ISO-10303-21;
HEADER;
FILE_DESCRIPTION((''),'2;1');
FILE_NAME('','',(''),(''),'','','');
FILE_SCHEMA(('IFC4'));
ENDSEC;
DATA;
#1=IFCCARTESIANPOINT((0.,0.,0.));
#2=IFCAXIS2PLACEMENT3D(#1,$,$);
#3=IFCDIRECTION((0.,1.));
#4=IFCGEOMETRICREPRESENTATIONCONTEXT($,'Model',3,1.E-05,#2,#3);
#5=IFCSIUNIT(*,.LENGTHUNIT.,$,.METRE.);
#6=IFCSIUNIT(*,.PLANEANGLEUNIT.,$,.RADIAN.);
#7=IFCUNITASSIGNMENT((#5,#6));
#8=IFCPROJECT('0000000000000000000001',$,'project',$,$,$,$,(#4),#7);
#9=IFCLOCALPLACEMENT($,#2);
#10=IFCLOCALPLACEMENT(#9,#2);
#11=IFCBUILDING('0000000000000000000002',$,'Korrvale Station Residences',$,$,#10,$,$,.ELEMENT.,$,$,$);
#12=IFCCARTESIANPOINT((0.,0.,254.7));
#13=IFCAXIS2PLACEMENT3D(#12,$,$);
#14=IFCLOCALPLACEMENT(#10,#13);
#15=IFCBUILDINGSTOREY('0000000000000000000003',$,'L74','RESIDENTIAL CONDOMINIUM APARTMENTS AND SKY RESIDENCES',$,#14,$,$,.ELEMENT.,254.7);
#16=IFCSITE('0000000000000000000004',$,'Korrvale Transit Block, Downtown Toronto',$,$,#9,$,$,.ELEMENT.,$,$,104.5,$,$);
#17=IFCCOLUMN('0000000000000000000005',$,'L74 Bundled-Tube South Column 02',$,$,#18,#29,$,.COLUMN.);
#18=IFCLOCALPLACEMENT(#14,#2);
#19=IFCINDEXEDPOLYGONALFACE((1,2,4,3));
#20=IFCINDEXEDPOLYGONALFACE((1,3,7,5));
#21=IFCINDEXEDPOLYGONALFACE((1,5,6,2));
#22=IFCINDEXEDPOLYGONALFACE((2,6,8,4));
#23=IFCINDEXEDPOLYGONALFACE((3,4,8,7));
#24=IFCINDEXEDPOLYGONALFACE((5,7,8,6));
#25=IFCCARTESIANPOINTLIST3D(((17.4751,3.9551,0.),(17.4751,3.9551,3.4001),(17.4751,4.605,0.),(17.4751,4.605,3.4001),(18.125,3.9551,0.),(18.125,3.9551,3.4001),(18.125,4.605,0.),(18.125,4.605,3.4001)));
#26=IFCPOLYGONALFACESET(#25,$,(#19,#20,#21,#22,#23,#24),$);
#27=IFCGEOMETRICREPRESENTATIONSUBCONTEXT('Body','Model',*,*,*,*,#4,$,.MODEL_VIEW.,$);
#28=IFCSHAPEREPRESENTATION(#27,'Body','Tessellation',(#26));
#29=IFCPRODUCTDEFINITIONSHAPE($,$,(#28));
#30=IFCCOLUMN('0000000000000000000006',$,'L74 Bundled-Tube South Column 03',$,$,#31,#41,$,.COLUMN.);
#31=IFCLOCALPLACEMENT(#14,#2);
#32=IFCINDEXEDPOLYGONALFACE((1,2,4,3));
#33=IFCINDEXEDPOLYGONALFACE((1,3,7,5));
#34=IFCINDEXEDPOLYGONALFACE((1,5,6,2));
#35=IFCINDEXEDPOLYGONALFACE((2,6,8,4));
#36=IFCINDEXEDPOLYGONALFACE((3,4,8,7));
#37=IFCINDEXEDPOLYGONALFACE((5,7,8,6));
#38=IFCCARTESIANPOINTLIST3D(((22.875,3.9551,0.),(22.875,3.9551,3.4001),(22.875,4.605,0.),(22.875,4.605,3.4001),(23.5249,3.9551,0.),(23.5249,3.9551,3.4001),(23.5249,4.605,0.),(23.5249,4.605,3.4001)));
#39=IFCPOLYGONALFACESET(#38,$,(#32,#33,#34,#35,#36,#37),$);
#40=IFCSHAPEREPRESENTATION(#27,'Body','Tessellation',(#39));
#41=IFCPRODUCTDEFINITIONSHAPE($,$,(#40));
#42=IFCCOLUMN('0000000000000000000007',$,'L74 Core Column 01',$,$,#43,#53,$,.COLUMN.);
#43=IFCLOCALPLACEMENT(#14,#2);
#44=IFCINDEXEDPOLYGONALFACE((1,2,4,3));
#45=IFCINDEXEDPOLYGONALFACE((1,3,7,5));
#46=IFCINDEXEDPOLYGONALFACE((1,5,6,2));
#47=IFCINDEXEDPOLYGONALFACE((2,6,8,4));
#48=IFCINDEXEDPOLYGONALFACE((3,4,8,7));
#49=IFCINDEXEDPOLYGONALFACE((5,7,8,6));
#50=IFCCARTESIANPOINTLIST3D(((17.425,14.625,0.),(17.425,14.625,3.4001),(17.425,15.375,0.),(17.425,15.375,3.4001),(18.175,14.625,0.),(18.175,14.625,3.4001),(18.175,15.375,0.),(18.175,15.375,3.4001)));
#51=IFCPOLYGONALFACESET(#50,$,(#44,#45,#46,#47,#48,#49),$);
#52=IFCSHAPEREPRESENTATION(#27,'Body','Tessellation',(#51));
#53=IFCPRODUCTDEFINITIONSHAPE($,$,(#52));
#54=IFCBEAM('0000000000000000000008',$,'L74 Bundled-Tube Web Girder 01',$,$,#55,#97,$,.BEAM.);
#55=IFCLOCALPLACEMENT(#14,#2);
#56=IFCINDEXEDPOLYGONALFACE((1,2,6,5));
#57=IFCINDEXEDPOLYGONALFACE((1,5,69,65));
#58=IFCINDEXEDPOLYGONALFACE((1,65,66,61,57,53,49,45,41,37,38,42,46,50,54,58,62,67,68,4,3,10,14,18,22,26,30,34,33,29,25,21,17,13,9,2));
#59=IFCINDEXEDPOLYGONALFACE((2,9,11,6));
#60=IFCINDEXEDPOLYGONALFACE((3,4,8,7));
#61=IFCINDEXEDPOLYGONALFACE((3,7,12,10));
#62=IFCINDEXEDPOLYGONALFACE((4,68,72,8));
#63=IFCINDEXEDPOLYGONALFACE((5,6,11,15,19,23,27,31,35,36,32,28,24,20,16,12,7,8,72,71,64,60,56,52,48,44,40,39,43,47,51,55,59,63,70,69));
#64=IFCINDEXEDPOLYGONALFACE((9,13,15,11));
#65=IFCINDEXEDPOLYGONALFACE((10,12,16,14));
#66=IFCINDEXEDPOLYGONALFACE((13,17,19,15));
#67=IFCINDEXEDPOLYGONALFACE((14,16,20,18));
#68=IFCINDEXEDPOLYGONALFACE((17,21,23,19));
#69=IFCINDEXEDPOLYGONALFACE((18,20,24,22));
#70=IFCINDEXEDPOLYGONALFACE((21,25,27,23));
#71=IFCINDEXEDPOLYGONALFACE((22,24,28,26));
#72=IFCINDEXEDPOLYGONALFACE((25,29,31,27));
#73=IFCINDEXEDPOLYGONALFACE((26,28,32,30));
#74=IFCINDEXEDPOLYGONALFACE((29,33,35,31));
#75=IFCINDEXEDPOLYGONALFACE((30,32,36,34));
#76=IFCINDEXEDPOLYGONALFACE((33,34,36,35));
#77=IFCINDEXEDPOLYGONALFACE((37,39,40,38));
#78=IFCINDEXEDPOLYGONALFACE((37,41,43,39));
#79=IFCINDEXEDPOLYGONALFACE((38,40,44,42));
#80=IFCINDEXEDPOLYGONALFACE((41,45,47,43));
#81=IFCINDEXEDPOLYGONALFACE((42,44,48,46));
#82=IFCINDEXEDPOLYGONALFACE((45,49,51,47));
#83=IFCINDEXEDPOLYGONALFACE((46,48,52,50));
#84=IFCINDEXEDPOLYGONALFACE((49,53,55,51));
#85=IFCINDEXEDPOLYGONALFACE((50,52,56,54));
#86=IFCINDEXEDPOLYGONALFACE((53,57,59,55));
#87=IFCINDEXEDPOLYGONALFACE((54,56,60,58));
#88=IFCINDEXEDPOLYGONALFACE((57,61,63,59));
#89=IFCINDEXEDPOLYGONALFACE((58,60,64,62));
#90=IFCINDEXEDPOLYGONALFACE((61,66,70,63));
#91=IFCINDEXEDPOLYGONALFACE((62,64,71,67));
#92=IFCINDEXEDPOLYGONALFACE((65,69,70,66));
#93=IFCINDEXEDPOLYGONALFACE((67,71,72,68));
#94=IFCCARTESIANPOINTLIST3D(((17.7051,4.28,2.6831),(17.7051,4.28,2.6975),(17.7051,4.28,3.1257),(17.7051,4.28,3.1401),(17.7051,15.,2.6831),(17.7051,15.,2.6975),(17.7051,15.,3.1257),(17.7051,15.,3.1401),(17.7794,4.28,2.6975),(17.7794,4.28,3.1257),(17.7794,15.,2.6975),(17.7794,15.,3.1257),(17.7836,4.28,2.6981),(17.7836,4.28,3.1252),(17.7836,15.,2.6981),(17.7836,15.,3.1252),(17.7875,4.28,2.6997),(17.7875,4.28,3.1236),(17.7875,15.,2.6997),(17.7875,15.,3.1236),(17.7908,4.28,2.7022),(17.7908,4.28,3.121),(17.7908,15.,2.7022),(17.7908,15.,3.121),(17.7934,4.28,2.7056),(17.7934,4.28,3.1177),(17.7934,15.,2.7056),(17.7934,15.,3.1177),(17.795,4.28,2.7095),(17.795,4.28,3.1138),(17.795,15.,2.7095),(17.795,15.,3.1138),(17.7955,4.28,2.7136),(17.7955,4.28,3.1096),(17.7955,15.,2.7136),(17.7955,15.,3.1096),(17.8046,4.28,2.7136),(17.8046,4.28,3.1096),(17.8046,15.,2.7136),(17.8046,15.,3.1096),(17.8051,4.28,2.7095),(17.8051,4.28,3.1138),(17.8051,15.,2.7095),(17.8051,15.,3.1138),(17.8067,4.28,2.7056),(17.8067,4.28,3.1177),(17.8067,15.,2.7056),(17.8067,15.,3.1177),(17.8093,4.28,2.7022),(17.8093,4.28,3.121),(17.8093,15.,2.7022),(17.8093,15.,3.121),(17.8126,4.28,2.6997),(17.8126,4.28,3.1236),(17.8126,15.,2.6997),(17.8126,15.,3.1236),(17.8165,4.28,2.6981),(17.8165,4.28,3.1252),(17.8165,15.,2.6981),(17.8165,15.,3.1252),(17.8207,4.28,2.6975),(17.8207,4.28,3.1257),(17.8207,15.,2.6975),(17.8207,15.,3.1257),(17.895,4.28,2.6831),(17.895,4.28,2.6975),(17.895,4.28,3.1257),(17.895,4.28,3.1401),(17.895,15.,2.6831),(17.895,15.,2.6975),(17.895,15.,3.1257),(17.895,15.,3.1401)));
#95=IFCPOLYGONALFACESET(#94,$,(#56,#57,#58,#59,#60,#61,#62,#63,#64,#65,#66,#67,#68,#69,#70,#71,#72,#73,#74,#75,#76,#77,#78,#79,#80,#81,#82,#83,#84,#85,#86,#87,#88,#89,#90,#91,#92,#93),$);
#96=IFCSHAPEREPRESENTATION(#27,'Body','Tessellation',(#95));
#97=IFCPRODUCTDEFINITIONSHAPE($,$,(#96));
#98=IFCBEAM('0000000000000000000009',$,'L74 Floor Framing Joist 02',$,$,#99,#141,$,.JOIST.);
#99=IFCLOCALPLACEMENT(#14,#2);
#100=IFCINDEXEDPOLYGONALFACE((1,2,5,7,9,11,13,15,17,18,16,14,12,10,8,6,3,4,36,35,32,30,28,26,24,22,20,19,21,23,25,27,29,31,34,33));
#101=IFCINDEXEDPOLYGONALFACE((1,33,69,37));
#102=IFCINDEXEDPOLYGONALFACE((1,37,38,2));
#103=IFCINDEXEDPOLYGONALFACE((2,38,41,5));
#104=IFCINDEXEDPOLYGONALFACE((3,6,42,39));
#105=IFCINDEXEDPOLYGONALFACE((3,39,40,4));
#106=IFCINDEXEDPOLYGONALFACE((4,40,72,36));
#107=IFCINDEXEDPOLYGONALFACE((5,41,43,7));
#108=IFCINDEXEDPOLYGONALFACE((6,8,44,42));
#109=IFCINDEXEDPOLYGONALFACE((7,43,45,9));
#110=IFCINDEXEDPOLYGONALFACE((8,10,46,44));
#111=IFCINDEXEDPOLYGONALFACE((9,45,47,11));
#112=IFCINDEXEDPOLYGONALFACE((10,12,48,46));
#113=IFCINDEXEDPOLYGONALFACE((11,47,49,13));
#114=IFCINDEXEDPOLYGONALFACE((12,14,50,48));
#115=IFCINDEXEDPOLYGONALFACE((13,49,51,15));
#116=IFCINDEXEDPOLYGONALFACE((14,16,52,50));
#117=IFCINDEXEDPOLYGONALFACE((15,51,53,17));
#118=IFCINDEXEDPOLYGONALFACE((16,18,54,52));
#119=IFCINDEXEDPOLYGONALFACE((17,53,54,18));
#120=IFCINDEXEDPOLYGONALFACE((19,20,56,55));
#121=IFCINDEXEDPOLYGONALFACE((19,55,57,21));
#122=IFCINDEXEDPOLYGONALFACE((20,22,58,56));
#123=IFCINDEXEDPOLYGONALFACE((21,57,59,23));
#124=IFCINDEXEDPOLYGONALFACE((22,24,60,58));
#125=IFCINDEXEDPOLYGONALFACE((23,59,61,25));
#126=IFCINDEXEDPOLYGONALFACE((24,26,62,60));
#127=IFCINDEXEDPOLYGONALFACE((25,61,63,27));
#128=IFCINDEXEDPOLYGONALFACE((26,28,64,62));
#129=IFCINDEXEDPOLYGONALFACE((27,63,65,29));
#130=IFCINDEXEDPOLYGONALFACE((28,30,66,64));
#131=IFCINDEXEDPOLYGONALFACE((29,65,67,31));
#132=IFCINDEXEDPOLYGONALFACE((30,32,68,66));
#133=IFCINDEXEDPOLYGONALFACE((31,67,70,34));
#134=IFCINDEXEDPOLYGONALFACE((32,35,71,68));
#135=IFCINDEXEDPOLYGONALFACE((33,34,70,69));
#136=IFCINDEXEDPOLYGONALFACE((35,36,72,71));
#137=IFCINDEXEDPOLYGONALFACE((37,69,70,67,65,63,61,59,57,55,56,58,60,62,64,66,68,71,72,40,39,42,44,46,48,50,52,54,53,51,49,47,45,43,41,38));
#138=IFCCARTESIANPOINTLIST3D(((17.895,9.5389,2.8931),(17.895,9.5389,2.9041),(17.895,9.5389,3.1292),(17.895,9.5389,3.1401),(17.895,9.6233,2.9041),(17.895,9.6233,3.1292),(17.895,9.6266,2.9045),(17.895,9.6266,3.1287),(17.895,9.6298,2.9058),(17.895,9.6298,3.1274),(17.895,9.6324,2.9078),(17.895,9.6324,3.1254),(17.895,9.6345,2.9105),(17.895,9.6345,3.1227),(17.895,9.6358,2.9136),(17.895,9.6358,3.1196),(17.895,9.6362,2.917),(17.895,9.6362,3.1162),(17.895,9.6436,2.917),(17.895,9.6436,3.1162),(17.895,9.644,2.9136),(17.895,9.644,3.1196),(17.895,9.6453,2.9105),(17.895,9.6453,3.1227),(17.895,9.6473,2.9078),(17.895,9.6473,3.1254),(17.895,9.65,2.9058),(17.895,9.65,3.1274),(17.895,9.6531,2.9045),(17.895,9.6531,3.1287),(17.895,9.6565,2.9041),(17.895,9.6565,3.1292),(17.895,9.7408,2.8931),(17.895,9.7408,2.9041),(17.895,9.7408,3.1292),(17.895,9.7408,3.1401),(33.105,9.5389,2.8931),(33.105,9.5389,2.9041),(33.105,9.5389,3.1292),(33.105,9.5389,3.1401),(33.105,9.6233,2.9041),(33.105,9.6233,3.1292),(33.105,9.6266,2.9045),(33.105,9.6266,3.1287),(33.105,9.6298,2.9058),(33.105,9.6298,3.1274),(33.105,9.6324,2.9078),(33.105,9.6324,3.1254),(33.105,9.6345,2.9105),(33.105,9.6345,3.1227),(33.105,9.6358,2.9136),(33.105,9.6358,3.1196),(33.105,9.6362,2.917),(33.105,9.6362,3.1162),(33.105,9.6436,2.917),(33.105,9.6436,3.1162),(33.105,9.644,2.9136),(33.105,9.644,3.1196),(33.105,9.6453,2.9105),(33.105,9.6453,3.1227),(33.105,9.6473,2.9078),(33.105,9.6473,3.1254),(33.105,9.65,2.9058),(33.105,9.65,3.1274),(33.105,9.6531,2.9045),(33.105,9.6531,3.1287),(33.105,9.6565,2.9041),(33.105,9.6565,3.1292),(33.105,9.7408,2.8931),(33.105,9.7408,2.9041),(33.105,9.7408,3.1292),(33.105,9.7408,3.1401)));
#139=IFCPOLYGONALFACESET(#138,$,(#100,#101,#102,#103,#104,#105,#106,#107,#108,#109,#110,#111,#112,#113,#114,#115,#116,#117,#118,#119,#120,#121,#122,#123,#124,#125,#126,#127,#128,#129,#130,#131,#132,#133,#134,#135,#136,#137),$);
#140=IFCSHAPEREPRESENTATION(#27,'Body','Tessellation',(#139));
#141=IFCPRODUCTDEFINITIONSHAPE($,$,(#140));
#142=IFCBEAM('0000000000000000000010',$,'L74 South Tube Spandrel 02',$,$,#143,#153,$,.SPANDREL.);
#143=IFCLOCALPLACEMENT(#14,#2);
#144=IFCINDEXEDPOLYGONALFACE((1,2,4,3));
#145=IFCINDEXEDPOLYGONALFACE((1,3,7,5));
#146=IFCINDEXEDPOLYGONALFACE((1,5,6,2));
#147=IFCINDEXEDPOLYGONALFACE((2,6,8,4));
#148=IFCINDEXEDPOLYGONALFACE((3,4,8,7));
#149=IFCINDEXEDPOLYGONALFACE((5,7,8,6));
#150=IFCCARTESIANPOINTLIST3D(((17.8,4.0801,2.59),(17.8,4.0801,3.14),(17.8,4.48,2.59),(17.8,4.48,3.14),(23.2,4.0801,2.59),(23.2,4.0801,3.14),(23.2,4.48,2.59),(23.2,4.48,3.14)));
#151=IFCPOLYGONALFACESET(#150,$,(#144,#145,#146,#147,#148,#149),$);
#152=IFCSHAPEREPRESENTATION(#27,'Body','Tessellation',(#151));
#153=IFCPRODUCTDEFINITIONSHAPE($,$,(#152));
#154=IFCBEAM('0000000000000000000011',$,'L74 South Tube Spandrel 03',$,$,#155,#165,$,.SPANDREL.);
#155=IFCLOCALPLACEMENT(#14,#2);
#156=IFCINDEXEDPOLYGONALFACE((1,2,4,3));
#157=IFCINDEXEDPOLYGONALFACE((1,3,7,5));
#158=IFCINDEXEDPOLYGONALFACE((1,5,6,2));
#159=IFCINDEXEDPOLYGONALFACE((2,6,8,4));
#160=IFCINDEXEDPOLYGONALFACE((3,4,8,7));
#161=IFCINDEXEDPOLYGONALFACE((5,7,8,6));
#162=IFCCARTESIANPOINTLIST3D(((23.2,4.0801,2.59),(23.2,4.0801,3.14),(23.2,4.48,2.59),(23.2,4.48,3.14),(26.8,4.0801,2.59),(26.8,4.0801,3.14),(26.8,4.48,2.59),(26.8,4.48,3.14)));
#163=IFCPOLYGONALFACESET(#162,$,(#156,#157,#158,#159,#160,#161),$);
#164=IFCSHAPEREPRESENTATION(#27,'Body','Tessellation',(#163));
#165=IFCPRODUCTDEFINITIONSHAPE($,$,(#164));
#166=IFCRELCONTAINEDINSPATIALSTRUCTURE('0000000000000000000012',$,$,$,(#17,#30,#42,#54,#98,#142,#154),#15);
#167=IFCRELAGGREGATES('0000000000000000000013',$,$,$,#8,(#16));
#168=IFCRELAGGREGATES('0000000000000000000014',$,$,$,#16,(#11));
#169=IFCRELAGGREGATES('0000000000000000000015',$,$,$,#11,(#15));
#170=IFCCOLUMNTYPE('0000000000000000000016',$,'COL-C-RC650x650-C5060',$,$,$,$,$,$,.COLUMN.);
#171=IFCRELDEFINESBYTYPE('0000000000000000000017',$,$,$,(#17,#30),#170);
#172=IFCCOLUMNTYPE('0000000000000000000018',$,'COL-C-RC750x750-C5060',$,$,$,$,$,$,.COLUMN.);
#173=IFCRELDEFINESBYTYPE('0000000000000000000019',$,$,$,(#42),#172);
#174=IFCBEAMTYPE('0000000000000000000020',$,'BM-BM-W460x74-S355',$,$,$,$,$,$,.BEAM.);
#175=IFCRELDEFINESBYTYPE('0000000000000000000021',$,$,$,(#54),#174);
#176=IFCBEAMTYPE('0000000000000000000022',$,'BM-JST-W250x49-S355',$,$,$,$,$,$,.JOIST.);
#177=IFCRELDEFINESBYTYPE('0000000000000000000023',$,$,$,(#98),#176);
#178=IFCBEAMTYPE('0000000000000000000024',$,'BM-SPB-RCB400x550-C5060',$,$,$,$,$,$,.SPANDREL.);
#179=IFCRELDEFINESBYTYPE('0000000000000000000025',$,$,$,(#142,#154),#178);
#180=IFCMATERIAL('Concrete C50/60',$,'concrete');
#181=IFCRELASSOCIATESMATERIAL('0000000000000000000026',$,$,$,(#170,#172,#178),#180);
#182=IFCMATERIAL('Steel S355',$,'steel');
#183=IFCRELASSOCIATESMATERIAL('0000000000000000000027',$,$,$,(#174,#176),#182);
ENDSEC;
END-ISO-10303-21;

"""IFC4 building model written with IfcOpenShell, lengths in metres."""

from ifc_helpers import new_model, si_unit, direction, frame, origin, origin_2d, place, context, subcontext, project, spatial, rectangle, i_section, extrude, material, material_profile, profile_set, type_object, element, save


model = new_model("IFC4")

# Units and contexts
model_context = context("Model", 3, precision=1e-05, world=origin(), true_north=direction((0.0, 1.0)))
body_context = subcontext(model_context, "Body", "Model", "MODEL_VIEW")
ifc_project = project(units=[si_unit("LENGTHUNIT", "METRE"), si_unit("PLANEANGLEUNIT", "RADIAN")], contexts=[model_context])

# Site, building, storey
site_placement = place(None, origin())
site = spatial("IfcSite", under=ifc_project, at=site_placement, Name="Korrvale Transit Block, Downtown Toronto", CompositionType="ELEMENT", RefElevation=104.5)
building_placement = place(site_placement, origin())
building = spatial("IfcBuilding", under=site, at=building_placement, Name="Korrvale Station Residences", CompositionType="ELEMENT")
storey_placement = place(building_placement, frame((0.0, 0.0, 254.7)))
storey = spatial("IfcBuildingStorey", under=building, at=storey_placement, Name="L74", Description="RESIDENTIAL CONDOMINIUM APARTMENTS AND SKY RESIDENCES", CompositionType="ELEMENT", Elevation=254.7)

# Columns
ifc_material_1 = material(Name="Concrete C50/60", Category="concrete")
ifc_material_profile_1 = material_profile(ifc_material_1, rectangle(XDim=0.6499, YDim=0.6499, at=origin_2d()), Name="RC650x650")
ifc_profile_set_1 = profile_set([ifc_material_profile_1], Name="Concrete C50/60")
column_type_1 = type_object("IfcColumnType", Name="COL-C-RC650x650-C5060", PredefinedType="COLUMN", material=ifc_profile_set_1)
for number, where, z_axis, x_axis, name in (
    (1, (17.8, 4.28, 0.0), (0.0, 0.0, 1.0), (1.0, 0.0, 0.0), "L74 Bundled-Tube South Column 02"),
    (2, (23.2, 4.28, 0.0), (0.0, 0.0, 1.0), (1.0, 0.0, 0.0), "L74 Bundled-Tube South Column 03"),
):
    element("IfcColumn", number, at=place(storey_placement, frame(where, z_axis=z_axis, x_axis=x_axis)), inside=storey, type_object=column_type_1, Name=name, PredefinedType="COLUMN", context=body_context, shape_type="SweptSolid", body=[
        extrude(rectangle(XDim=0.6499, YDim=0.6499, at=origin_2d()), origin(), (0.0, 0.0, 1.0), 3.4001),
    ])
ifc_material_profile_2 = material_profile(ifc_material_1, rectangle(XDim=0.75, YDim=0.75, at=origin_2d()), Name="RC750x750")
ifc_profile_set_2 = profile_set([ifc_material_profile_2], Name="Concrete C50/60")
column_type_2 = type_object("IfcColumnType", Name="COL-C-RC750x750-C5060", PredefinedType="COLUMN", material=ifc_profile_set_2)
column_placement = place(storey_placement, frame((17.8, 15.0, 0.0), z_axis=(0.0, 0.0, 1.0), x_axis=(1.0, 0.0, 0.0)))
element("IfcColumn", 3, at=column_placement, inside=storey, type_object=column_type_2, Name="L74 Core Column 01", PredefinedType="COLUMN", context=body_context, shape_type="SweptSolid", body=[
    extrude(rectangle(XDim=0.75, YDim=0.75, at=origin_2d()), origin(), (0.0, 0.0, 1.0), 3.4001),
])

# Beams
ifc_material_2 = material(Name="Steel S355", Category="steel")
ifc_material_profile_3 = material_profile(ifc_material_2, i_section(OverallWidth=0.1899, OverallDepth=0.457, WebThickness=0.009, FlangeThickness=0.0144, FilletRadius=0.0161, at=origin_2d()), Name="W460x74")
ifc_profile_set_3 = profile_set([ifc_material_profile_3], Name="Steel S355")
beam_type_1 = type_object("IfcBeamType", Name="BM-BM-W460x74-S355", PredefinedType="BEAM", material=ifc_profile_set_3)
beam_1_placement = place(storey_placement, frame((17.8, 4.28, 2.9116), z_axis=(0.0, 1.0, 0.0), x_axis=(-1.0, 0.0, 0.0)))
element("IfcBeam", 4, at=beam_1_placement, inside=storey, type_object=beam_type_1, Name="L74 Bundled-Tube Web Girder 01", PredefinedType="BEAM", context=body_context, shape_type="SweptSolid", body=[
    extrude(i_section(OverallWidth=0.1899, OverallDepth=0.457, WebThickness=0.009, FlangeThickness=0.0144, FilletRadius=0.0161, at=origin_2d()), origin(), (0.0, 0.0, 1.0), 10.72),
])
ifc_material_profile_4 = material_profile(ifc_material_2, i_section(OverallWidth=0.2019, OverallDepth=0.2471, WebThickness=0.0073, FlangeThickness=0.011, FilletRadius=0.0129, at=origin_2d()), Name="W250x49")
ifc_profile_set_4 = profile_set([ifc_material_profile_4], Name="Steel S355")
beam_type_2 = type_object("IfcBeamType", Name="BM-JST-W250x49-S355", PredefinedType="JOIST", material=ifc_profile_set_4)
beam_2_placement = place(storey_placement, frame((17.895, 9.6399, 3.0166), z_axis=(1.0, 0.0, 0.0), x_axis=(0.0, 1.0, 0.0)))
element("IfcBeam", 5, at=beam_2_placement, inside=storey, type_object=beam_type_2, Name="L74 Floor Framing Joist 02", PredefinedType="JOIST", context=body_context, shape_type="SweptSolid", body=[
    extrude(i_section(OverallWidth=0.2019, OverallDepth=0.2471, WebThickness=0.0073, FlangeThickness=0.011, FilletRadius=0.0129, at=origin_2d()), origin(), (0.0, 0.0, 1.0), 15.21),
])
ifc_material_profile_5 = material_profile(ifc_material_1, rectangle(XDim=0.3999, YDim=0.55, at=origin_2d()), Name="RCB400x550")
ifc_profile_set_5 = profile_set([ifc_material_profile_5], Name="Concrete C50/60")
beam_type_3 = type_object("IfcBeamType", Name="BM-SPB-RCB400x550-C5060", PredefinedType="SPANDREL", material=ifc_profile_set_5)
beam_3_placement = place(storey_placement, frame((17.8, 4.28, 2.865), z_axis=(1.0, 0.0, 0.0), x_axis=(0.0, 1.0, 0.0)))
element("IfcBeam", 6, at=beam_3_placement, inside=storey, type_object=beam_type_3, Name="L74 South Tube Spandrel 02", PredefinedType="SPANDREL", context=body_context, shape_type="SweptSolid", body=[
    extrude(rectangle(XDim=0.3999, YDim=0.55, at=origin_2d()), origin(), (0.0, 0.0, 1.0), 5.3999),
])
beam_4_placement = place(storey_placement, frame((23.2, 4.28, 2.865), z_axis=(1.0, 0.0, 0.0), x_axis=(0.0, 1.0, 0.0)))
element("IfcBeam", 7, at=beam_4_placement, inside=storey, type_object=beam_type_3, Name="L74 South Tube Spandrel 03", PredefinedType="SPANDREL", context=body_context, shape_type="SweptSolid", body=[
    extrude(rectangle(XDim=0.3999, YDim=0.55, at=origin_2d()), origin(), (0.0, 0.0, 1.0), 3.6001),
])

save(model, "model.ifc")
